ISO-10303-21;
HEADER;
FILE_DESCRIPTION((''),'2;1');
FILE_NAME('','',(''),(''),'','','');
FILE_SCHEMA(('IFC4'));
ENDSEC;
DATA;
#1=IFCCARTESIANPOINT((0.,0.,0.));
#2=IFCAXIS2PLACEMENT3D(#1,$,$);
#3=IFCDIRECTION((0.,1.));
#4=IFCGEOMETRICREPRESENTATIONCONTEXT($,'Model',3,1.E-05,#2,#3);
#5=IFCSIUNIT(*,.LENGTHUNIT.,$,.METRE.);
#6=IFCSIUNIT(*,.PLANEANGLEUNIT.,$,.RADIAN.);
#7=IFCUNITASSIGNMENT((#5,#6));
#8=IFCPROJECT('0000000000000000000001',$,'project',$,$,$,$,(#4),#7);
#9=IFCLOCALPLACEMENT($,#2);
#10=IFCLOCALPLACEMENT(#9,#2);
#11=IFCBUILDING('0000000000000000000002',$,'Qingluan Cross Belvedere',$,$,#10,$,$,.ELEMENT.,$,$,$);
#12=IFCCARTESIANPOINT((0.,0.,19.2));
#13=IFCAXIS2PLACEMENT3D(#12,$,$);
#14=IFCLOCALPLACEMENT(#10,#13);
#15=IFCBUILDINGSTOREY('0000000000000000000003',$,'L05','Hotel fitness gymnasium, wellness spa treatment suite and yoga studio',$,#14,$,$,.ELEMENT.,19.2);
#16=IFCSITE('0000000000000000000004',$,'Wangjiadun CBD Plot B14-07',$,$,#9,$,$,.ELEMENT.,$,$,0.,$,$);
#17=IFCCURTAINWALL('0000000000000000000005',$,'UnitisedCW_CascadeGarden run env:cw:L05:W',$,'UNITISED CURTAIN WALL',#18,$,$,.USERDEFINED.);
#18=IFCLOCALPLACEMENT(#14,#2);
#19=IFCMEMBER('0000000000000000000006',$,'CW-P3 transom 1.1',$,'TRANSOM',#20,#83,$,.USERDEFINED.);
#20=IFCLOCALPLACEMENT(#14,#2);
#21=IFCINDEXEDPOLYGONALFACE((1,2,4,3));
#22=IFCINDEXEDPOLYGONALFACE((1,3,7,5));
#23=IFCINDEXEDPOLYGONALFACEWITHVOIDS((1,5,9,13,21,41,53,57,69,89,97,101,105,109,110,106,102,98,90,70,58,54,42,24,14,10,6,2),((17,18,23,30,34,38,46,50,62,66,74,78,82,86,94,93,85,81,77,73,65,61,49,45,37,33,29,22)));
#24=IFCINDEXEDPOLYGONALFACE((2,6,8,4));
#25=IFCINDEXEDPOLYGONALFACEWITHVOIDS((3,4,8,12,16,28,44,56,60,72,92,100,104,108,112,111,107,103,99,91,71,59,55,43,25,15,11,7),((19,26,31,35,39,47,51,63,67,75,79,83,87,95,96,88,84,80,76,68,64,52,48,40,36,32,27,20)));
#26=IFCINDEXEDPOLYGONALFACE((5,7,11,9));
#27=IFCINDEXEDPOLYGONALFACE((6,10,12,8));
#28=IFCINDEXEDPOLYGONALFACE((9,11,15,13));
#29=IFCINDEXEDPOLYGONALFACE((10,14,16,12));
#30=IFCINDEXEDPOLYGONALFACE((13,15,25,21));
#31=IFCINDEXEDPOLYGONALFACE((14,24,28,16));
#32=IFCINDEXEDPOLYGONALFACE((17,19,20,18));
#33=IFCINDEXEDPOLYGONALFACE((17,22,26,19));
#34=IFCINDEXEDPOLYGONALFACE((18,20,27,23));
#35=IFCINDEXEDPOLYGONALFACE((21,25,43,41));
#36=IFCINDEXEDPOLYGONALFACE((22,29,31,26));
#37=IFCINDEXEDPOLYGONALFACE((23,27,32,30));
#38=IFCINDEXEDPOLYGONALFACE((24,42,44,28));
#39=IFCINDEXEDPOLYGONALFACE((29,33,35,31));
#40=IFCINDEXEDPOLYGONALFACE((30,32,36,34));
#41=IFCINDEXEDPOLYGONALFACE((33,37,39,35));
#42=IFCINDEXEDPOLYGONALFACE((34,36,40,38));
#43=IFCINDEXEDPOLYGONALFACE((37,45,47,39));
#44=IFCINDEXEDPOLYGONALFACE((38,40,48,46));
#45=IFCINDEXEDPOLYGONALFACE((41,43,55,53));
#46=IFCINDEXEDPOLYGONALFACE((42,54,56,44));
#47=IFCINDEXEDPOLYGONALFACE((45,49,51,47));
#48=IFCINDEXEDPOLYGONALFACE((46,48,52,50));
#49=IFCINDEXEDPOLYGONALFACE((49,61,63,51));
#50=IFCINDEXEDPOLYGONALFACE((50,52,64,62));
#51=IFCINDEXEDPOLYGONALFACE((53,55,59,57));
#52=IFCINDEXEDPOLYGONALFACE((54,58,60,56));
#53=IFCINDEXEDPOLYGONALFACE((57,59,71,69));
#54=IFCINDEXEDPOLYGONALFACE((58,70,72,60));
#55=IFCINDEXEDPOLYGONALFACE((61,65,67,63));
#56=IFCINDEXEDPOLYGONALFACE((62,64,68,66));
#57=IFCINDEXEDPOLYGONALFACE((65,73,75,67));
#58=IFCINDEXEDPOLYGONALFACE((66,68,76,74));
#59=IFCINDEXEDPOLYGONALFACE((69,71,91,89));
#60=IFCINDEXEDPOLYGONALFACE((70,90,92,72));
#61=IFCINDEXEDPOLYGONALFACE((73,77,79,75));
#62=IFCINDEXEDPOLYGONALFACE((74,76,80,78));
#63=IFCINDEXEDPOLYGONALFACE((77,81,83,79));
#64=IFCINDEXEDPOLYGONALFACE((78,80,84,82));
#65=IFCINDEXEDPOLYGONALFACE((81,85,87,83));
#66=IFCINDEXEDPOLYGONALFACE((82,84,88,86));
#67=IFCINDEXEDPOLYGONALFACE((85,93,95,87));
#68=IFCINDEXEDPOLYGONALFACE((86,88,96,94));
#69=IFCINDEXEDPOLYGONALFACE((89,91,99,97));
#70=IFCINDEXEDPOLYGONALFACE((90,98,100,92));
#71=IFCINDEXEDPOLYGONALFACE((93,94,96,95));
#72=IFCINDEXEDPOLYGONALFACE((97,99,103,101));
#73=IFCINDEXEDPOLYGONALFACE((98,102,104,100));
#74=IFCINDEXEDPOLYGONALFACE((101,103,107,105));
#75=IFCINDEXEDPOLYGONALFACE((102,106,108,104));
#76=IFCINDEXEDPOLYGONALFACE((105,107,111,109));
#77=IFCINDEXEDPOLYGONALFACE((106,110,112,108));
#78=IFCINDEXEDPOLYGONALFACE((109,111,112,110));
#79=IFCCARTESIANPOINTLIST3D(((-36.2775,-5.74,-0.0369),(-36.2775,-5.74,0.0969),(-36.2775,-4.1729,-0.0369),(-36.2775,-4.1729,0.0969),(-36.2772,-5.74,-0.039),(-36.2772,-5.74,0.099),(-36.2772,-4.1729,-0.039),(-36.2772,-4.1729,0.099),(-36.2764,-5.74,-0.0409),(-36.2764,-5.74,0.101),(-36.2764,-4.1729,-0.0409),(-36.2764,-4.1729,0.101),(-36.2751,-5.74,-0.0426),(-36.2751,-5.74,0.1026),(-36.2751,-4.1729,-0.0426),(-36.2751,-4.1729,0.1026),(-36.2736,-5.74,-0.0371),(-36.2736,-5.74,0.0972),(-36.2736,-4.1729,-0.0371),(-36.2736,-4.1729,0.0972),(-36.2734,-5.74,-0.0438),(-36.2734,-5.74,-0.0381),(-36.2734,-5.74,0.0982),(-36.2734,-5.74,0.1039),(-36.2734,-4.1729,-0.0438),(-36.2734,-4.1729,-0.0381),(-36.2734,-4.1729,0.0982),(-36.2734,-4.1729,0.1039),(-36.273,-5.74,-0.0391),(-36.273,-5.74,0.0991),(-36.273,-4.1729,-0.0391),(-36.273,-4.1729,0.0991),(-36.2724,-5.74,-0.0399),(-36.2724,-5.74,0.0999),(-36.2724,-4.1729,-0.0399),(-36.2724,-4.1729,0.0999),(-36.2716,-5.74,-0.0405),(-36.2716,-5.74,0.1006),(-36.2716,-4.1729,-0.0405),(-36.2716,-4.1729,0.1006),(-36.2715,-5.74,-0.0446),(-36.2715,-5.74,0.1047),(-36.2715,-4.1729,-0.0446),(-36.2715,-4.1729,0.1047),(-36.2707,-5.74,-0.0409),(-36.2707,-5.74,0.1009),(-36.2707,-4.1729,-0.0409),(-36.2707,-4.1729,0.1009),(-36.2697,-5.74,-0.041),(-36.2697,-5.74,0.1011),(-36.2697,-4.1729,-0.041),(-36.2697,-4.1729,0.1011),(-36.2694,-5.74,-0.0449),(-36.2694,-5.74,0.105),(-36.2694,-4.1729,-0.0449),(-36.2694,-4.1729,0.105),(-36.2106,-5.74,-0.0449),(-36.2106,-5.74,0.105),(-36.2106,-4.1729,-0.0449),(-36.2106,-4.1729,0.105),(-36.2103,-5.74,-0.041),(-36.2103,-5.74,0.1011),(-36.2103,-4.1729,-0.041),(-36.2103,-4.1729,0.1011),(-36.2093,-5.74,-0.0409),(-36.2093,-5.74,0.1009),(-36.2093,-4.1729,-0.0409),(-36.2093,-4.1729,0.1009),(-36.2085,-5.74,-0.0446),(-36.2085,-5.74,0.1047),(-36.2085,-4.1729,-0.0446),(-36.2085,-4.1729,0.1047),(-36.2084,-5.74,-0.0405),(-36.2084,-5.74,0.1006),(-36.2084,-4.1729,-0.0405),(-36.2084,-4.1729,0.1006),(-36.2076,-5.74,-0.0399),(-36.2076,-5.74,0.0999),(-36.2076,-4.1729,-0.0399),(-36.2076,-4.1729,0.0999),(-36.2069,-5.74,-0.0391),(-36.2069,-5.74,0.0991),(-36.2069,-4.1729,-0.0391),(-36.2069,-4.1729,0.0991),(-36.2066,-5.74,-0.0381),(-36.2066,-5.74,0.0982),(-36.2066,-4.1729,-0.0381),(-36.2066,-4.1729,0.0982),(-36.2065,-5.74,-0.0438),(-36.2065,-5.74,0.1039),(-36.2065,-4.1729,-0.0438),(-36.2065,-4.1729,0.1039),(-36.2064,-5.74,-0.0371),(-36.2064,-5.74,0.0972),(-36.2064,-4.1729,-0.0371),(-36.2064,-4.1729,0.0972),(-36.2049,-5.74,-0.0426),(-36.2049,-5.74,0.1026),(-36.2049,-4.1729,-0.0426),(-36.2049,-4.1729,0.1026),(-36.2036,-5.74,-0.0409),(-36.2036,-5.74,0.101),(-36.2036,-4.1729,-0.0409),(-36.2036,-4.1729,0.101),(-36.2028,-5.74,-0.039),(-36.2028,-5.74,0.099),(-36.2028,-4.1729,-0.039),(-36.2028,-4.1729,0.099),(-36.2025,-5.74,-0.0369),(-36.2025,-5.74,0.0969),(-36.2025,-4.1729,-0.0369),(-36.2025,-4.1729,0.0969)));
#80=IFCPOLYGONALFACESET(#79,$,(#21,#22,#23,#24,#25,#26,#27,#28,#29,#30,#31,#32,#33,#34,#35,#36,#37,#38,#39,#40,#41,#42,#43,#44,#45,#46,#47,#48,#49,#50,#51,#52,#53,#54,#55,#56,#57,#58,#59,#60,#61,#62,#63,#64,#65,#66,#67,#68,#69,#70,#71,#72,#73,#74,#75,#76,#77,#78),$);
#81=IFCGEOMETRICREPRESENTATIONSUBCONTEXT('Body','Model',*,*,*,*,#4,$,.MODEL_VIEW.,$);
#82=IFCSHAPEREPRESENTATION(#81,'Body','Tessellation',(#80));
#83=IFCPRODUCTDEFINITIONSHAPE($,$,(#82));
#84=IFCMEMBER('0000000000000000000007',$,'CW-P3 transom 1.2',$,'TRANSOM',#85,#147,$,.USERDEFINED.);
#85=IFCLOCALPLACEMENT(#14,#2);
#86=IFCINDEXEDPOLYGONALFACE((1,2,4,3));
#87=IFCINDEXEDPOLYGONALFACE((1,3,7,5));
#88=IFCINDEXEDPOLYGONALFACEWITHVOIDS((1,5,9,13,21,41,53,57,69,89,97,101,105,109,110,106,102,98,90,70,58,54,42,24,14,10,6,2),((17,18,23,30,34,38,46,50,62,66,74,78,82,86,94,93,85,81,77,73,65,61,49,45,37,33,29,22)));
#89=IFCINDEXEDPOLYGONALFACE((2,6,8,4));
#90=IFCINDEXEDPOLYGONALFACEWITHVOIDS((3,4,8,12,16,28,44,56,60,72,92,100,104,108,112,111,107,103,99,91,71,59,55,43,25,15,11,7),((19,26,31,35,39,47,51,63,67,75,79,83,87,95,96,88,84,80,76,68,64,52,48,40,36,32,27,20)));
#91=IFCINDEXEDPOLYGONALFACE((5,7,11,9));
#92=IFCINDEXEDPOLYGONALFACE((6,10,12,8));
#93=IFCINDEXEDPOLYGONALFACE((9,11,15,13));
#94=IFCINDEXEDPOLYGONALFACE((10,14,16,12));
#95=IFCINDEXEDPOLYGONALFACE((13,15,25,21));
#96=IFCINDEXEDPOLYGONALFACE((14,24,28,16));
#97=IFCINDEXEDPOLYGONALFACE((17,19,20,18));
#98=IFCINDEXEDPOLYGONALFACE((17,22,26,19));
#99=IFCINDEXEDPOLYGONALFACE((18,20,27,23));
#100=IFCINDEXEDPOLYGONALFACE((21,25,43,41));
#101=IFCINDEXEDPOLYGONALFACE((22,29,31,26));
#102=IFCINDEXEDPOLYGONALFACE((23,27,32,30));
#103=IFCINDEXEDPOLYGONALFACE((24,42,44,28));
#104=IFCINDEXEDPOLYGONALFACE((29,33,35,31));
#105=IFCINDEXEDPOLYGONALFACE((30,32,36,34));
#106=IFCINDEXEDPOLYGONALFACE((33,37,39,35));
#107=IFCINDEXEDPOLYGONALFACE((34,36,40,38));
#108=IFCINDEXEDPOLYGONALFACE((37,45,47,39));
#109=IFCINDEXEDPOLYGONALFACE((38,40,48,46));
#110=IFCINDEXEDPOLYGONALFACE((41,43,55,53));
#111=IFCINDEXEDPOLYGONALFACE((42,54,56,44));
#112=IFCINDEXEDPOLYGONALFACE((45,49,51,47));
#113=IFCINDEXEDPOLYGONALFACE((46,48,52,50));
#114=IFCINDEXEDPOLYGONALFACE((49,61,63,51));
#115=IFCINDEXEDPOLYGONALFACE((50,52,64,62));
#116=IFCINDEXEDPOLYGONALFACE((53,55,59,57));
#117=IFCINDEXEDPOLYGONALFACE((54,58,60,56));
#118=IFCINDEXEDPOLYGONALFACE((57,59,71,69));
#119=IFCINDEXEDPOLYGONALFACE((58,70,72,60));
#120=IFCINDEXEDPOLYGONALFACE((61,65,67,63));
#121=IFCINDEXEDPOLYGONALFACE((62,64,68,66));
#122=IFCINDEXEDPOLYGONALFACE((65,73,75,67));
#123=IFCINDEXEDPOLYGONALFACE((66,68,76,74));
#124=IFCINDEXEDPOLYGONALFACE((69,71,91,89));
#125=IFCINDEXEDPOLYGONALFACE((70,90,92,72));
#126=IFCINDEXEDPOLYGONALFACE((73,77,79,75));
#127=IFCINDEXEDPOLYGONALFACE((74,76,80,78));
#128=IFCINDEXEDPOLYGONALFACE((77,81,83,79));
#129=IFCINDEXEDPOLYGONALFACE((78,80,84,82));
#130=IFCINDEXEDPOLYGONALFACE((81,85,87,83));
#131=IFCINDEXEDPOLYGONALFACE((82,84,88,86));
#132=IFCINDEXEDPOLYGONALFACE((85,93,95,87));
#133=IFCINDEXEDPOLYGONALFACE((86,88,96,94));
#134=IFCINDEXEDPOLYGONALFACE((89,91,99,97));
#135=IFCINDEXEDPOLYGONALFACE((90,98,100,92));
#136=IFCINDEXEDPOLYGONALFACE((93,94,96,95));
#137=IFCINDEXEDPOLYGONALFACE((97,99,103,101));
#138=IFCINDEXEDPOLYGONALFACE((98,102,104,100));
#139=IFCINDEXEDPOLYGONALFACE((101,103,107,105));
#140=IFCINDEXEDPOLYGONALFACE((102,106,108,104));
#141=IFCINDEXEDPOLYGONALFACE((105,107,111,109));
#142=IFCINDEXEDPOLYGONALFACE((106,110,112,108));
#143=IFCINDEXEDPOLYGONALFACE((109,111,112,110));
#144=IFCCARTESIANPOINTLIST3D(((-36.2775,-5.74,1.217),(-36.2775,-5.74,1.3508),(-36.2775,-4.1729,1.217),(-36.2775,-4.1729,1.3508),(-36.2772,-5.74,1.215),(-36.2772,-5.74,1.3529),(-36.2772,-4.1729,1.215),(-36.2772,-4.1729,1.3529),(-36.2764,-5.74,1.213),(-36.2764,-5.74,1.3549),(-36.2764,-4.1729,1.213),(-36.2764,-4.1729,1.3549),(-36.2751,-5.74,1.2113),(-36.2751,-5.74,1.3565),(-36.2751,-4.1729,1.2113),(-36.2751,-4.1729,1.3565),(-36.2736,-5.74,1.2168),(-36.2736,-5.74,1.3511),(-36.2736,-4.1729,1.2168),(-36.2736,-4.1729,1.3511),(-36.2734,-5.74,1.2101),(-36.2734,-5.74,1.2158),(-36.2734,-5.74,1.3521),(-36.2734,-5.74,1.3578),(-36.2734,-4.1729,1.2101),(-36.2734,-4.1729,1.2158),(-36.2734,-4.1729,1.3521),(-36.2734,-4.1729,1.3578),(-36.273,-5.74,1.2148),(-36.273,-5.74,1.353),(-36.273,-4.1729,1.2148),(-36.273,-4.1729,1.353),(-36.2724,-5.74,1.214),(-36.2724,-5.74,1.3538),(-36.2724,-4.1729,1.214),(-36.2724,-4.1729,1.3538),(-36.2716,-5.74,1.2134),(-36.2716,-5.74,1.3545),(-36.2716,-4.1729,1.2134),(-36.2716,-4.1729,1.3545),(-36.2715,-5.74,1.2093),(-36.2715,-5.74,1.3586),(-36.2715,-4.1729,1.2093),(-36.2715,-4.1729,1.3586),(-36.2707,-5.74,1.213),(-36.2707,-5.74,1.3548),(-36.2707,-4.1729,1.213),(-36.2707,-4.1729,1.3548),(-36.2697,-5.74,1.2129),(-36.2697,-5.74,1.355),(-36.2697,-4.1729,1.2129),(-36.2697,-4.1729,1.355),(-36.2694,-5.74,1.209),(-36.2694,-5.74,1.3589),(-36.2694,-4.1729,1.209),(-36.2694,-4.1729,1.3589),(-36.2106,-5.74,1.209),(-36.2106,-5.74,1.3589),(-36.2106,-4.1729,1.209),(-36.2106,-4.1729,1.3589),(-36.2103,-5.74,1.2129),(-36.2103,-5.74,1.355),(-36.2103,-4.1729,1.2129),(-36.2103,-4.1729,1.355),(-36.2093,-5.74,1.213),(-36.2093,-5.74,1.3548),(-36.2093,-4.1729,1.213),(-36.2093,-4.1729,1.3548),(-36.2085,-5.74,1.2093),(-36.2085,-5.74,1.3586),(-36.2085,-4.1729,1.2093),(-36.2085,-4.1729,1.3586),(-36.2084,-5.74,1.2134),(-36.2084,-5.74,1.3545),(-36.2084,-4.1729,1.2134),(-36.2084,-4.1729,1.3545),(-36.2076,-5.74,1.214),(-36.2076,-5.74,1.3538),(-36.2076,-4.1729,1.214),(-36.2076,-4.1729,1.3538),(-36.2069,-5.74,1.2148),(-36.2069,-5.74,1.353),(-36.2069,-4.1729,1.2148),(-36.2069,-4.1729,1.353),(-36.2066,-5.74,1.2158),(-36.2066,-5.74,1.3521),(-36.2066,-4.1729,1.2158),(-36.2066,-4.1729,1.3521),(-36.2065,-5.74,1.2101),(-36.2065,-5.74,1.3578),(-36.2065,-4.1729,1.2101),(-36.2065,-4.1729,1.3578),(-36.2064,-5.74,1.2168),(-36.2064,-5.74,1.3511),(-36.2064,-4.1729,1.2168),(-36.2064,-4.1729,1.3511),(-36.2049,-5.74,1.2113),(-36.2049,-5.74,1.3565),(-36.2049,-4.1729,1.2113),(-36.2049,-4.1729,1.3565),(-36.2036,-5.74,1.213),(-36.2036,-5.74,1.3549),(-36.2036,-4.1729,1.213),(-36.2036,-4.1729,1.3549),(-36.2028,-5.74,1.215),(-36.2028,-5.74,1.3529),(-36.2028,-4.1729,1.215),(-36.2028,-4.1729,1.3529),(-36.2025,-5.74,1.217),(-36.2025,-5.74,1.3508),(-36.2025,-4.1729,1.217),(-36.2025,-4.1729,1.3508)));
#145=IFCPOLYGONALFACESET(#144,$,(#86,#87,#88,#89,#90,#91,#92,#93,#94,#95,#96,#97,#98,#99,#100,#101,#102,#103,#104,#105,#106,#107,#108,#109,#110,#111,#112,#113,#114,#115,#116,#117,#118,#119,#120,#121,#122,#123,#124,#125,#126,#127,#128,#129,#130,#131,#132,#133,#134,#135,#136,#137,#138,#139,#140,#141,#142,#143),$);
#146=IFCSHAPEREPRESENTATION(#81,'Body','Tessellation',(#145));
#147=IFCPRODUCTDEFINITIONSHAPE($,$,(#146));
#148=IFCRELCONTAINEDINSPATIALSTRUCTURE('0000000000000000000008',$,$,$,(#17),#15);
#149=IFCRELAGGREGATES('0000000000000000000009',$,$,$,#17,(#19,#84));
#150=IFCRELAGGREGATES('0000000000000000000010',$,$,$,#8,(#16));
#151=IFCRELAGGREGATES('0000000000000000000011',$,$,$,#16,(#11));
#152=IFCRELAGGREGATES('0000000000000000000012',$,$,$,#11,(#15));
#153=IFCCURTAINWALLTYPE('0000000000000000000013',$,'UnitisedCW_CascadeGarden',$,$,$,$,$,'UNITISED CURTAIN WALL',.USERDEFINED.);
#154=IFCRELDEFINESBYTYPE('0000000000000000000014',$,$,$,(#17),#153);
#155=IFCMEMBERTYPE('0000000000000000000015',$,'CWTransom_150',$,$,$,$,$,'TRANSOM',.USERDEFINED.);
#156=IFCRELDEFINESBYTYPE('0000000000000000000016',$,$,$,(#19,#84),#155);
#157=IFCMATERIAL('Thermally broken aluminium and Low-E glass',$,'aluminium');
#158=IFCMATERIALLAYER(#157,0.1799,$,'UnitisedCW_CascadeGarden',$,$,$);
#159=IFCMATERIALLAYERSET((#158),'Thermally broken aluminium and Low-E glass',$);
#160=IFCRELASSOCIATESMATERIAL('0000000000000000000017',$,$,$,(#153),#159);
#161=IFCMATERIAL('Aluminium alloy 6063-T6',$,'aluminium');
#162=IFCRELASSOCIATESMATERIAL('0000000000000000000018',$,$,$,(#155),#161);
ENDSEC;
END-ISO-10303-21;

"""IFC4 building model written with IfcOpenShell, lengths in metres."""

from ifc_helpers import new_model, si_unit, direction, frame, origin, origin_2d, place, context, subcontext, project, spatial, hollow_rectangle, extrude, material, layer, layer_set, material_profile, profile_set, type_object, element, aggregate, save


model = new_model("IFC4")

# Units and contexts
model_context = context("Model", 3, precision=1e-05, world=origin(), true_north=direction((0.0, 1.0)))
body_context = subcontext(model_context, "Body", "Model", "MODEL_VIEW")
ifc_project = project(units=[si_unit("LENGTHUNIT", "METRE"), si_unit("PLANEANGLEUNIT", "RADIAN")], contexts=[model_context])

# Site, building, storey
site_placement = place(None, origin())
site = spatial("IfcSite", under=ifc_project, at=site_placement, Name="Wangjiadun CBD Plot B14-07", CompositionType="ELEMENT", RefElevation=0.0)
building_placement = place(site_placement, origin())
building = spatial("IfcBuilding", under=site, at=building_placement, Name="Qingluan Cross Belvedere", CompositionType="ELEMENT")
storey_placement = place(building_placement, frame((0.0, 0.0, 19.2)))
storey = spatial("IfcBuildingStorey", under=building, at=storey_placement, Name="L05", Description="Hotel fitness gymnasium, wellness spa treatment suite and yoga studio", CompositionType="ELEMENT", Elevation=19.2)

# Curtain wall, members
ifc_material_1 = material(Name="Thermally broken aluminium and Low-E glass", Category="aluminium")
ifc_layer_1 = layer(ifc_material_1, 0.1799, Name="UnitisedCW_CascadeGarden")
ifc_layer_set_1 = layer_set([ifc_layer_1], Name="Thermally broken aluminium and Low-E glass")
curtain_wall_type = type_object("IfcCurtainWallType", Name="UnitisedCW_CascadeGarden", ElementType="UNITISED CURTAIN WALL", PredefinedType="USERDEFINED", material=ifc_layer_set_1)
curtain_wall_placement = place(storey_placement, origin())
curtain_wall = element("IfcCurtainWall", 1, at=curtain_wall_placement, inside=storey, type_object=curtain_wall_type, Name="UnitisedCW_CascadeGarden run env:cw:L05:W", ObjectType="UNITISED CURTAIN WALL", PredefinedType="USERDEFINED")
ifc_material_2 = material(Name="Aluminium alloy 6063-T6", Category="aluminium")
ifc_material_profile_1 = material_profile(ifc_material_2, hollow_rectangle(XDim=0.075, YDim=0.1499, WallThickness=0.0039, InnerFilletRadius=0.0039, OuterFilletRadius=0.0081, at=origin_2d()), Name="CWT150x75x4")
ifc_profile_set_1 = profile_set([ifc_material_profile_1], Name="Aluminium alloy 6063-T6")
member_type_1 = type_object("IfcMemberType", Name="CWTransom_150", ElementType="TRANSOM", PredefinedType="USERDEFINED", material=ifc_profile_set_1)
member_1_placement = place(storey_placement, frame((-36.24, -5.74, 0.03), z_axis=(0.0, 1.0, 0.0), x_axis=(-1.0, 0.0, 0.0)))
member_1 = element("IfcMember", 2, at=member_1_placement, type_object=member_type_1, Name="CW-P3 transom 1.1", ObjectType="TRANSOM", PredefinedType="USERDEFINED", context=body_context, shape_type="SweptSolid", body=[
    extrude(hollow_rectangle(XDim=0.075, YDim=0.1499, WallThickness=0.0039, InnerFilletRadius=0.0039, OuterFilletRadius=0.0081, at=origin_2d()), origin(), (0.0, 0.0, 1.0), 1.5671),
])
member_2_placement = place(storey_placement, frame((-36.24, -5.74, 1.2839), z_axis=(0.0, 1.0, 0.0), x_axis=(-1.0, 0.0, 0.0)))
member_2 = element("IfcMember", 3, at=member_2_placement, type_object=member_type_1, Name="CW-P3 transom 1.2", ObjectType="TRANSOM", PredefinedType="USERDEFINED", context=body_context, shape_type="SweptSolid", body=[
    extrude(hollow_rectangle(XDim=0.075, YDim=0.1499, WallThickness=0.0039, InnerFilletRadius=0.0039, OuterFilletRadius=0.0081, at=origin_2d()), origin(), (0.0, 0.0, 1.0), 1.5671),
])
aggregate(curtain_wall, [member_1, member_2])

save(model, "model.ifc")
